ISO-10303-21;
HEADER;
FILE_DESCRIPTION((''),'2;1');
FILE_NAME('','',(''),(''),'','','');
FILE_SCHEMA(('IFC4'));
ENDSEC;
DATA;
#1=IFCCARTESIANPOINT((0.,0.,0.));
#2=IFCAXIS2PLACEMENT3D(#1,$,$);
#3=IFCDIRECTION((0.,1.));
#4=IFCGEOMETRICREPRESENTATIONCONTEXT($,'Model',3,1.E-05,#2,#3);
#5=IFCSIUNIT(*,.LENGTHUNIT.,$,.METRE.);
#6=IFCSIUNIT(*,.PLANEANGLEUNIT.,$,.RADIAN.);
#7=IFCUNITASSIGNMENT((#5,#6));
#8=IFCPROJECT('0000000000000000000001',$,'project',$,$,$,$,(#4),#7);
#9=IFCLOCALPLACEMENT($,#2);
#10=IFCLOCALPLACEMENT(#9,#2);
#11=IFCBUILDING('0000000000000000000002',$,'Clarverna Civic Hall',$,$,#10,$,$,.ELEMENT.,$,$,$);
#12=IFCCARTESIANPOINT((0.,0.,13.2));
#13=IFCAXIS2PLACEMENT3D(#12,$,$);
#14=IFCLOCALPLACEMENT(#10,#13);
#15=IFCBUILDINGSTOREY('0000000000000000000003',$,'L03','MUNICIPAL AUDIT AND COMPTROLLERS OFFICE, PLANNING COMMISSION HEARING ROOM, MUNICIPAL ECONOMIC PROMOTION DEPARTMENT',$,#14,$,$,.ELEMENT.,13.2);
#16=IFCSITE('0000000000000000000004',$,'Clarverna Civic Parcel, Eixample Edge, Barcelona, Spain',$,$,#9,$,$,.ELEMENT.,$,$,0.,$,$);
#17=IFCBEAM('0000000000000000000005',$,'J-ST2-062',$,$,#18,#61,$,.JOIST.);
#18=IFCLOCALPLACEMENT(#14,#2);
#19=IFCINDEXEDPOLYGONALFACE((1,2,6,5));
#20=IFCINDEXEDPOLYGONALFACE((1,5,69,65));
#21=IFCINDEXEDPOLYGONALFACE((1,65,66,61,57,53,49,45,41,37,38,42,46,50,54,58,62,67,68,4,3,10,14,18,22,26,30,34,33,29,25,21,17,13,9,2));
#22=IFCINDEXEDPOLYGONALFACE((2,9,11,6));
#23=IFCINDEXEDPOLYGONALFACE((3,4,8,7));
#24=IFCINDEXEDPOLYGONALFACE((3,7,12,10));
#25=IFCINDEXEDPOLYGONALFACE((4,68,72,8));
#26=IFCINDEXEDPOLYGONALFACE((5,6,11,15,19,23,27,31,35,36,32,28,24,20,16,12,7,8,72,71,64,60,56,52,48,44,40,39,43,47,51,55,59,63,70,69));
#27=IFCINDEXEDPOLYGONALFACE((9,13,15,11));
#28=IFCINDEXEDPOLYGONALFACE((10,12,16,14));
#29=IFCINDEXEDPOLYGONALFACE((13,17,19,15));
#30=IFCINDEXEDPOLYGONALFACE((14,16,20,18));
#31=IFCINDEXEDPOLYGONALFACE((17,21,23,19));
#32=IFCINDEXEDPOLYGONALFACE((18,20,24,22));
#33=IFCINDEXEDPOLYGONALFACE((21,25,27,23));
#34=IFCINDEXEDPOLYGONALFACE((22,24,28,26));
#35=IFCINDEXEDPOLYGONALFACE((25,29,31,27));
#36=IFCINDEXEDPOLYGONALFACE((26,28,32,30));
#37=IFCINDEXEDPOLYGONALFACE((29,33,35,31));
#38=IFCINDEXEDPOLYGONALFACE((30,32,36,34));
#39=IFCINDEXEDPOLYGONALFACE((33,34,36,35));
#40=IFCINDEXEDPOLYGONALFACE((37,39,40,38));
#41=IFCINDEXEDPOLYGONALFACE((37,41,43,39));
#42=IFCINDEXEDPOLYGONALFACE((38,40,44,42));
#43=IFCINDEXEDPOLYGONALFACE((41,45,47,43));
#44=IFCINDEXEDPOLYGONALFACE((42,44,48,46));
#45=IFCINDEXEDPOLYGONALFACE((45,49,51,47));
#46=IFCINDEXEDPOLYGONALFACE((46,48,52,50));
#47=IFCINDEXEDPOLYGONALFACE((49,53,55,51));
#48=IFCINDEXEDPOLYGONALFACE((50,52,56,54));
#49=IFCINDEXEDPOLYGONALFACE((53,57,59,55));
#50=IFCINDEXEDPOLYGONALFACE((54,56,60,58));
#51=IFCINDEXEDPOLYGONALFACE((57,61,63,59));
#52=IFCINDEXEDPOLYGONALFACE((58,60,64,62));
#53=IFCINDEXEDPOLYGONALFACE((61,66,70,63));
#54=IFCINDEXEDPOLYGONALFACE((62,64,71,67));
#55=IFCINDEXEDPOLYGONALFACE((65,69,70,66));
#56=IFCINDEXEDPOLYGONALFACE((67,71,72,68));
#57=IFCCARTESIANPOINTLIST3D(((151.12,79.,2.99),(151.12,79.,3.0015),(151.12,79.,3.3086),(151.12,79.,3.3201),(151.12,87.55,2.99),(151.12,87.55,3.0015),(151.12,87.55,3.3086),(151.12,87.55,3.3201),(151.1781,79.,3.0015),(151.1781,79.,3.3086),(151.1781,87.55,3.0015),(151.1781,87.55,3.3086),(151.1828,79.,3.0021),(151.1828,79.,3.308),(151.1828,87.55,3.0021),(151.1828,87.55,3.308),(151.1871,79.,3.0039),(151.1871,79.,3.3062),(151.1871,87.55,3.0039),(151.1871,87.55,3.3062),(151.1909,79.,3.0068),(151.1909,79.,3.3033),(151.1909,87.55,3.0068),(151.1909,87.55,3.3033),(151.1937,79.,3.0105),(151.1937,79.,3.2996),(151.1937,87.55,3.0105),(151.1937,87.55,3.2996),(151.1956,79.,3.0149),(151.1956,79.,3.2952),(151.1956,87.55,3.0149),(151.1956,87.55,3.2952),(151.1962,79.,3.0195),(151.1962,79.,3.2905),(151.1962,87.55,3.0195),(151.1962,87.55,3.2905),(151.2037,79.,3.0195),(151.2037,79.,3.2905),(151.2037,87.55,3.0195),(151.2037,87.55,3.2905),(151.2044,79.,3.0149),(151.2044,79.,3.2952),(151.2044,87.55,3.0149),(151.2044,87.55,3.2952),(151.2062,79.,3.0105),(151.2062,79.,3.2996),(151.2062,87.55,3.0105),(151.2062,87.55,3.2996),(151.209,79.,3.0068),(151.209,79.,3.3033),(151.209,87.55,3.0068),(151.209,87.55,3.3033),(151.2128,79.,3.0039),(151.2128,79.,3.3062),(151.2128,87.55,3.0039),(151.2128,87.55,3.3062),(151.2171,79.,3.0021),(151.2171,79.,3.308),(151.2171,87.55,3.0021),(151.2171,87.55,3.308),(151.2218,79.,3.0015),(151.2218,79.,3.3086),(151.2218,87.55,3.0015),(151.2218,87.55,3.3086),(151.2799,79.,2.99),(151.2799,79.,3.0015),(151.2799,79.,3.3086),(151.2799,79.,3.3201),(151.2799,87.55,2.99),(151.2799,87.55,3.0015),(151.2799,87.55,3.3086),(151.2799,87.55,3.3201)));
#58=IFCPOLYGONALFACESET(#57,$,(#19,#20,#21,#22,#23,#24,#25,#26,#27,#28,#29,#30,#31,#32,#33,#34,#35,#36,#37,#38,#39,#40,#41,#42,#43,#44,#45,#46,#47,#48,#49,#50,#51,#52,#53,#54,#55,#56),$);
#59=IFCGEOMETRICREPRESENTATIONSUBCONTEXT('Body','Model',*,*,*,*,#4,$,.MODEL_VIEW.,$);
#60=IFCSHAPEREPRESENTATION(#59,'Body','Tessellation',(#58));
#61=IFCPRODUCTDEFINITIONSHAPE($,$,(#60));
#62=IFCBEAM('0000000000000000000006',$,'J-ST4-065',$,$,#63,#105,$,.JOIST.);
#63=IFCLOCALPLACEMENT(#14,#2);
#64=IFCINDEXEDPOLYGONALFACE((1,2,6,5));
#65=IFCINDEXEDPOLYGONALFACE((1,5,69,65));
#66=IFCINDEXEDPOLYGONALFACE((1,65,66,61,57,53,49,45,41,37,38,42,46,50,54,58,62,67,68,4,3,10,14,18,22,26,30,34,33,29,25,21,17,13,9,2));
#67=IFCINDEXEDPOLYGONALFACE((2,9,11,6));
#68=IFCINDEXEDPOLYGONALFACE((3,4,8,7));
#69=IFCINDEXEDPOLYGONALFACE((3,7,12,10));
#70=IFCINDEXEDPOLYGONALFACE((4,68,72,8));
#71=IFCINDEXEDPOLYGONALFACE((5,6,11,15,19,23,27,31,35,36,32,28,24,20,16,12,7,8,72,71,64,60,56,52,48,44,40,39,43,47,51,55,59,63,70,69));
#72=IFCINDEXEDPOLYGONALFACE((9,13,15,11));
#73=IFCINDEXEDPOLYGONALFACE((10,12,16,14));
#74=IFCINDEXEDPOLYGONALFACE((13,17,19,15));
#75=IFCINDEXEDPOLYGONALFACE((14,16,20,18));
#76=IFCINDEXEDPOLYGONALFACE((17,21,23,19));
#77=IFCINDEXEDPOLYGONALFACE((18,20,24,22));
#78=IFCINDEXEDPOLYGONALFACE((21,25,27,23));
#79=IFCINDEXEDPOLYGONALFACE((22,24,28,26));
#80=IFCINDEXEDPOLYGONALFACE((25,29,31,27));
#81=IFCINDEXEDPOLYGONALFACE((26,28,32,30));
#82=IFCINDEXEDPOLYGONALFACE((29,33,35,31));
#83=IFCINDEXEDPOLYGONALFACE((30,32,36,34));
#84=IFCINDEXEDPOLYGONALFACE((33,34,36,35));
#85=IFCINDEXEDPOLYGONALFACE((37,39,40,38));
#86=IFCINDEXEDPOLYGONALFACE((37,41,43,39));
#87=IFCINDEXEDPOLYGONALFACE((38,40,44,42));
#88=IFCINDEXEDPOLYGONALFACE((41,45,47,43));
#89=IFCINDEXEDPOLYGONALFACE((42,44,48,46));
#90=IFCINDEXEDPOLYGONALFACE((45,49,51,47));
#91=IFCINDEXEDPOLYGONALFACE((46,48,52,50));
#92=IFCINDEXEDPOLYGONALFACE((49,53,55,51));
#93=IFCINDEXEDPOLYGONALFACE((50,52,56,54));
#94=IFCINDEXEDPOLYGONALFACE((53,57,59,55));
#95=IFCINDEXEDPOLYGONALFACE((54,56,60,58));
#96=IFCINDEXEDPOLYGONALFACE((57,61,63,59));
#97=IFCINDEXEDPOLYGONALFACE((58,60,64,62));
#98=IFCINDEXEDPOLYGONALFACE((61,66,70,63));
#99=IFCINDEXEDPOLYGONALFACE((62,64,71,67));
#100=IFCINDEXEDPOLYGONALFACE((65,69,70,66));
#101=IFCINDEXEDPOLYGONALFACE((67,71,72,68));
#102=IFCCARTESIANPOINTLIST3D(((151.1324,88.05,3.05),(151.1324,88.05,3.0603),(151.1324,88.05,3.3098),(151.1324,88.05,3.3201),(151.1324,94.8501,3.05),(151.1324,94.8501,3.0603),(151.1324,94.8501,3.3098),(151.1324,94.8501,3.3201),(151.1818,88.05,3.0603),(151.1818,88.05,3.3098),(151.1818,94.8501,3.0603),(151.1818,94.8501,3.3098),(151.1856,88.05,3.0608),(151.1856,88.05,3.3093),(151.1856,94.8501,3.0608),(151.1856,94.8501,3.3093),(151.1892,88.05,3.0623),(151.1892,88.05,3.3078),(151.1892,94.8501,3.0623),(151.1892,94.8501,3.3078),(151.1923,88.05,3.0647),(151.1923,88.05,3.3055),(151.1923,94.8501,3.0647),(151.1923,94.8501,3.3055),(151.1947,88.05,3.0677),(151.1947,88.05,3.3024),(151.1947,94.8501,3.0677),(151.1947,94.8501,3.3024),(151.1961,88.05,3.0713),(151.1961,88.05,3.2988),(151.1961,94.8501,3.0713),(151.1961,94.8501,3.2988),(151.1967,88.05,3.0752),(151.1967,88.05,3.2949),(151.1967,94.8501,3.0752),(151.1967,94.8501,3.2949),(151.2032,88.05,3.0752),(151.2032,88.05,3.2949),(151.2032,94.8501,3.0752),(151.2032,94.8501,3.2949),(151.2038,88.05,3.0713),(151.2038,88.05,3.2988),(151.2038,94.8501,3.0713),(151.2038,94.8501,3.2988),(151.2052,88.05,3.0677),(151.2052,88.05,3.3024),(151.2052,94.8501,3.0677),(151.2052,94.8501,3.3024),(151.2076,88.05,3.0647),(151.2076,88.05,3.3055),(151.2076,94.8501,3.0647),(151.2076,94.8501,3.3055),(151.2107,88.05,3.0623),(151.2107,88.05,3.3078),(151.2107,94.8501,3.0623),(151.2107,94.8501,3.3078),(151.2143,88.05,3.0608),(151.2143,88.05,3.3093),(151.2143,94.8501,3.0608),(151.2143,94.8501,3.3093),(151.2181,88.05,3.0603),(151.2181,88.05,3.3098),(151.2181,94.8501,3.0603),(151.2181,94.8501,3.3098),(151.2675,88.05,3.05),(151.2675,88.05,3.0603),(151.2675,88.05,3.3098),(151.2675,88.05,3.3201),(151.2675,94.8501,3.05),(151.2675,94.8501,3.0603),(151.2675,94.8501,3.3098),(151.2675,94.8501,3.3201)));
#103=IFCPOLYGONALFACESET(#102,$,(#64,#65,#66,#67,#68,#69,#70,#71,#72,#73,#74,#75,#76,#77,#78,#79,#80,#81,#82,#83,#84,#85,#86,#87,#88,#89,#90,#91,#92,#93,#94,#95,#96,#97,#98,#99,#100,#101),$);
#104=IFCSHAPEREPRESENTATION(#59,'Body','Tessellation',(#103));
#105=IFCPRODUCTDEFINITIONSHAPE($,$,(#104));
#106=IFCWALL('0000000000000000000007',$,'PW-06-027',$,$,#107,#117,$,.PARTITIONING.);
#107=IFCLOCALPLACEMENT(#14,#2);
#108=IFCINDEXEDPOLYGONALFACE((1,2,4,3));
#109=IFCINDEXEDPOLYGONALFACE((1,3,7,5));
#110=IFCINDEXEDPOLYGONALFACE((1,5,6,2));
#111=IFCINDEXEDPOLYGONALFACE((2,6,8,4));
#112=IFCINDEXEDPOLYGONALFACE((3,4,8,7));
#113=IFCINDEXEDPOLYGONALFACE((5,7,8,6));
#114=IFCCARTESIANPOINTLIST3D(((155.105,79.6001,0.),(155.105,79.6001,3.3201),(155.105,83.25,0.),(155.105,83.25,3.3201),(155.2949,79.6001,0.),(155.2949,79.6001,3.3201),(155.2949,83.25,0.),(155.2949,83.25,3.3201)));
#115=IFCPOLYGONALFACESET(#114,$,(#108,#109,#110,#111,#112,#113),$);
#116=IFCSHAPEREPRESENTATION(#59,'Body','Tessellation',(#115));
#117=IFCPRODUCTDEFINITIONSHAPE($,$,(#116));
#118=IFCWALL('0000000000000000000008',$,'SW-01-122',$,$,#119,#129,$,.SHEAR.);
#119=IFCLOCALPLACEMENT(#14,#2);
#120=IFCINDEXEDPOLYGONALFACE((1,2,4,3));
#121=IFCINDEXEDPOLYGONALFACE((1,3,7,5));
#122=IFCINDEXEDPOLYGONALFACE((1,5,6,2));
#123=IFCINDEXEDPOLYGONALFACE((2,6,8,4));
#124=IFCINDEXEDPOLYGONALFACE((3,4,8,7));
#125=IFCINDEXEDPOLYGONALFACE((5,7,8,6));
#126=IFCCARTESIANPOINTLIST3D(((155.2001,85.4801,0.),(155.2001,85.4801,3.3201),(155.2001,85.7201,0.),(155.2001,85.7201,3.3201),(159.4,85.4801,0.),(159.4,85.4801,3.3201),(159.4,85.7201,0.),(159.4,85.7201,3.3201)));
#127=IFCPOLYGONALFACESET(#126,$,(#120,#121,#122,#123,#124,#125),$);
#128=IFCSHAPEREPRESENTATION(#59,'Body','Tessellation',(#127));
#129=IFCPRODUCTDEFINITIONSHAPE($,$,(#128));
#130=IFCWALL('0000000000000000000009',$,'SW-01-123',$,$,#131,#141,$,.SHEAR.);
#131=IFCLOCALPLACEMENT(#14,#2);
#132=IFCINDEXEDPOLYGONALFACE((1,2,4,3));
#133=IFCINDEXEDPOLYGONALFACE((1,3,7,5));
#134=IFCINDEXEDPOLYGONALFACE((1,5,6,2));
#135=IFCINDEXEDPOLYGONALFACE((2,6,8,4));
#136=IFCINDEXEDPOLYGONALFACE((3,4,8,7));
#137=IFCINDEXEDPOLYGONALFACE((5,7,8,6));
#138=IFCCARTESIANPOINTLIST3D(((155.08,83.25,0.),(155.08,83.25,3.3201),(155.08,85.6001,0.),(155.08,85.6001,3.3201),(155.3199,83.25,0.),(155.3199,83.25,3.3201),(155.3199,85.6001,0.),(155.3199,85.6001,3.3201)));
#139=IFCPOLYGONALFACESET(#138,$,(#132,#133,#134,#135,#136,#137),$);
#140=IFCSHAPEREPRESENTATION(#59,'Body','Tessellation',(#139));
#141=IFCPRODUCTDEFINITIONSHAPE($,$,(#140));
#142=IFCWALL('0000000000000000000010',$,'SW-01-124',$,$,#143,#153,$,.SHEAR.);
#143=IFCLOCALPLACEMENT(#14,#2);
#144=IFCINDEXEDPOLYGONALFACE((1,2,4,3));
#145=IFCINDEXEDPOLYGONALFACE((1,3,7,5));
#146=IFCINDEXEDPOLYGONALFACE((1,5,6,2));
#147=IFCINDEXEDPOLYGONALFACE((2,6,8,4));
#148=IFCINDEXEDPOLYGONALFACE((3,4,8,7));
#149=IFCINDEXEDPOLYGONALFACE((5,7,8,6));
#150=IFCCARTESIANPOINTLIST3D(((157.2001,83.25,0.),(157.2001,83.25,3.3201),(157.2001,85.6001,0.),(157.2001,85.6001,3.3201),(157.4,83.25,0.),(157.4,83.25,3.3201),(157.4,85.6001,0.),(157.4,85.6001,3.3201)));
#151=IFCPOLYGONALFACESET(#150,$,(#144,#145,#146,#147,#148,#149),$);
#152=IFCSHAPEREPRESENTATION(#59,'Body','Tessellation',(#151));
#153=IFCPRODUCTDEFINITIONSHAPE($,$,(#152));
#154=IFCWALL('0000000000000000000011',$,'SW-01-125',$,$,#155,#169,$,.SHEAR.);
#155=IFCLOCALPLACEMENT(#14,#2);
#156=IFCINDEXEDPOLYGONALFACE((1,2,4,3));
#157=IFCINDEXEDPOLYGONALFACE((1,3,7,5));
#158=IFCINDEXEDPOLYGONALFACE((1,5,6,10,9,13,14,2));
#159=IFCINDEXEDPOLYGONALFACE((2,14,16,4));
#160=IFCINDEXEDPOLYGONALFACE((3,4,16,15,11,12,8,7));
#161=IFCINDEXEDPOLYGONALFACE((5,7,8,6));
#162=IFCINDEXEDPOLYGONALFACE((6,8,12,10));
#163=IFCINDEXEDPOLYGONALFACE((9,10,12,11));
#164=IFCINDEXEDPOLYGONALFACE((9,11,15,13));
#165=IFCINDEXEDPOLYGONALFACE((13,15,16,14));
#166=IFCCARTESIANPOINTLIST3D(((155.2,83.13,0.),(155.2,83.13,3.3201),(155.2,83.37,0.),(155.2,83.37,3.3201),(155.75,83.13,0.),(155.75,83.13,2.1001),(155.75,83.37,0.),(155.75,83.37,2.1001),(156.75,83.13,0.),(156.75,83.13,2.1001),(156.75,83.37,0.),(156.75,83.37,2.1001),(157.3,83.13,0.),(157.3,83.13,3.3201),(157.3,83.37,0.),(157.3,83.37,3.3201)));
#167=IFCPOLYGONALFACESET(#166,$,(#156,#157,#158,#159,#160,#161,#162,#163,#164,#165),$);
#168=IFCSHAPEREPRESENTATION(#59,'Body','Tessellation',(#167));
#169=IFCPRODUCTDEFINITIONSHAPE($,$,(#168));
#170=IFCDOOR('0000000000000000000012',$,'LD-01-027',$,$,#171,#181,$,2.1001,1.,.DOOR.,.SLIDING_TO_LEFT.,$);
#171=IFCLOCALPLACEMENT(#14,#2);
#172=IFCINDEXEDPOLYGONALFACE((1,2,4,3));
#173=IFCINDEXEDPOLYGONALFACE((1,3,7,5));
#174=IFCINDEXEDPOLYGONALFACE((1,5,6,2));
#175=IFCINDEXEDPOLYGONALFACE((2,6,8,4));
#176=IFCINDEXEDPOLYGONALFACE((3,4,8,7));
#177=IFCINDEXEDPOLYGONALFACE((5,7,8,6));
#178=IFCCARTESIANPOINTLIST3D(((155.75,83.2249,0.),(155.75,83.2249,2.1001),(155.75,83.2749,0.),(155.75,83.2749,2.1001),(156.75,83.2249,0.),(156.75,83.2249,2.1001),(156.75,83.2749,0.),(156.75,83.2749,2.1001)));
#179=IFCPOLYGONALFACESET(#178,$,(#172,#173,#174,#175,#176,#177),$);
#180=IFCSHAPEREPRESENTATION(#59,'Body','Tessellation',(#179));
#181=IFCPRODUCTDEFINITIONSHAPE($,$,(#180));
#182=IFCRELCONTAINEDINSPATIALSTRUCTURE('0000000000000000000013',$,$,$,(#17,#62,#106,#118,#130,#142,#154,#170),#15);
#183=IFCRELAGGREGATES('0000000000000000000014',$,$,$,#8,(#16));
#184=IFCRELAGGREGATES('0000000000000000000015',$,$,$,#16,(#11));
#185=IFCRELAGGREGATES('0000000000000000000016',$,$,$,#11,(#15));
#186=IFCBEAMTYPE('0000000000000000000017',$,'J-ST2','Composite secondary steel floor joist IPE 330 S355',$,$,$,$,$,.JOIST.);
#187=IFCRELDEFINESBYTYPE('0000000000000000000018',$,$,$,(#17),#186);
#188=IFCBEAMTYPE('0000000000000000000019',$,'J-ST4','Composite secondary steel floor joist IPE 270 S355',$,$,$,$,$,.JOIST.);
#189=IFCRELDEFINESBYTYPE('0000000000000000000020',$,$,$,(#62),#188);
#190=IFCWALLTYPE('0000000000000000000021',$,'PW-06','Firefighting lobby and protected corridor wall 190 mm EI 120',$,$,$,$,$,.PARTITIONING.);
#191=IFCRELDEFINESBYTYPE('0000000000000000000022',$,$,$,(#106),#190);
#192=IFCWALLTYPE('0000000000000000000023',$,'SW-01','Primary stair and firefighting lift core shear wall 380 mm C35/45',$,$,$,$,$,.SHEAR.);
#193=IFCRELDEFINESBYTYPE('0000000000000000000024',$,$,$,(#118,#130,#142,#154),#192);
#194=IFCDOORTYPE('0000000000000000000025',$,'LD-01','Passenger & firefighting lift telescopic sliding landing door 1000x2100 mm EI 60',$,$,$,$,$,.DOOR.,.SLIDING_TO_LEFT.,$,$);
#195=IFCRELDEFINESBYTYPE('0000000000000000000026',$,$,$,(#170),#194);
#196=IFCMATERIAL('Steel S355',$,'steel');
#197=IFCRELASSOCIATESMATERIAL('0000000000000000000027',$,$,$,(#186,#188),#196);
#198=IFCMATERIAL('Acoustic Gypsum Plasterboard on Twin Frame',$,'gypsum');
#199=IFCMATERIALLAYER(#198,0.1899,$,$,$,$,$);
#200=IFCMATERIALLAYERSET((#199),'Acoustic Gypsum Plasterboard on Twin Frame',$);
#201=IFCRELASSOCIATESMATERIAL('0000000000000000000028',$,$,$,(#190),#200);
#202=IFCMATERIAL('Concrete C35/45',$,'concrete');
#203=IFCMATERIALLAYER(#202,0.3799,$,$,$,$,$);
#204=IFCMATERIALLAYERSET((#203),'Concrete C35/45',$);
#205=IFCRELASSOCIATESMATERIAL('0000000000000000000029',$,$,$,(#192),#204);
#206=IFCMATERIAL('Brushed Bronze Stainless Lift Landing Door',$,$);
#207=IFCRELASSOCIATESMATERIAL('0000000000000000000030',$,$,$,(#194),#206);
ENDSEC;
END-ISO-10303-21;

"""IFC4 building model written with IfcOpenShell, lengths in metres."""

from ifc_helpers import new_model, si_unit, direction, frame, frame_2d, origin, origin_2d, place, context, subcontext, project, spatial, rectangle, i_section, extrude, material, layer, layer_set, material_profile, profile_set, type_object, element, fill, save


model = new_model("IFC4")

# Units and contexts
model_context = context("Model", 3, precision=1e-05, world=origin(), true_north=direction((0.0, 1.0)))
body_context = subcontext(model_context, "Body", "Model", "MODEL_VIEW")
ifc_project = project(units=[si_unit("LENGTHUNIT", "METRE"), si_unit("PLANEANGLEUNIT", "RADIAN")], contexts=[model_context])

# Site, building, storey
site_placement = place(None, origin())
site = spatial("IfcSite", under=ifc_project, at=site_placement, Name="Clarverna Civic Parcel, Eixample Edge, Barcelona, Spain", CompositionType="ELEMENT", RefElevation=0.0)
building_placement = place(site_placement, origin())
building = spatial("IfcBuilding", under=site, at=building_placement, Name="Clarverna Civic Hall", CompositionType="ELEMENT")
storey_placement = place(building_placement, frame((0.0, 0.0, 13.2)))
storey = spatial("IfcBuildingStorey", under=building, at=storey_placement, Name="L03", Description="MUNICIPAL AUDIT AND COMPTROLLERS OFFICE, PLANNING COMMISSION HEARING ROOM, MUNICIPAL ECONOMIC PROMOTION DEPARTMENT", CompositionType="ELEMENT", Elevation=13.2)

# Beams
ifc_material_1 = material(Name="Concrete C35/45", Category="concrete")
ifc_material_2 = material(Name="Steel S355", Category="steel")
ifc_material_profile_1 = material_profile(ifc_material_2, i_section(OverallWidth=0.1599, OverallDepth=0.3301, WebThickness=0.0076, FlangeThickness=0.0115, FilletRadius=0.0181, at=origin_2d()), Name="IPE 330")
ifc_profile_set_1 = profile_set([ifc_material_profile_1], Name="Steel S355")
beam_type_1 = type_object("IfcBeamType", Name="J-ST2", Description="Composite secondary steel floor joist IPE 330 S355", PredefinedType="JOIST", material=ifc_profile_set_1)
beam_1_placement = place(storey_placement, frame((151.2, 79.0, 3.155), z_axis=(0.0, 1.0, 0.0), x_axis=(-1.0, 0.0, 0.0)))
element("IfcBeam", 1, at=beam_1_placement, inside=storey, type_object=beam_type_1, Name="J-ST2-062", PredefinedType="JOIST", context=body_context, shape_type="SweptSolid", body=[
    extrude(i_section(OverallWidth=0.1599, OverallDepth=0.3301, WebThickness=0.0076, FlangeThickness=0.0115, FilletRadius=0.0181, at=origin_2d()), origin(), (0.0, 0.0, 1.0), 8.55),
])
ifc_material_profile_2 = material_profile(ifc_material_2, i_section(OverallWidth=0.135, OverallDepth=0.27, WebThickness=0.0066, FlangeThickness=0.0103, FilletRadius=0.0149, at=origin_2d()), Name="IPE 270")
ifc_profile_set_2 = profile_set([ifc_material_profile_2], Name="Steel S355")
beam_type_2 = type_object("IfcBeamType", Name="J-ST4", Description="Composite secondary steel floor joist IPE 270 S355", PredefinedType="JOIST", material=ifc_profile_set_2)
beam_2_placement = place(storey_placement, frame((151.2, 88.05, 3.1851), z_axis=(0.0, 1.0, 0.0), x_axis=(-1.0, 0.0, 0.0)))
element("IfcBeam", 2, at=beam_2_placement, inside=storey, type_object=beam_type_2, Name="J-ST4-065", PredefinedType="JOIST", context=body_context, shape_type="SweptSolid", body=[
    extrude(i_section(OverallWidth=0.135, OverallDepth=0.27, WebThickness=0.0066, FlangeThickness=0.0103, FilletRadius=0.0149, at=origin_2d()), origin(), (0.0, 0.0, 1.0), 6.8),
])

# Wall
ifc_material_3 = material(Name="Acoustic Gypsum Plasterboard on Twin Frame", Category="gypsum")
ifc_layer_1 = layer(ifc_material_3, 0.1899)
ifc_layer_set_1 = layer_set([ifc_layer_1], Name="Acoustic Gypsum Plasterboard on Twin Frame")
wall_type_1 = type_object("IfcWallType", Name="PW-06", Description="Firefighting lobby and protected corridor wall 190 mm EI 120", PredefinedType="PARTITIONING", material=ifc_layer_set_1)
wall_1_placement = place(storey_placement, frame((155.2, 79.6001, 0.0), z_axis=(0.0, 0.0, 1.0), x_axis=(0.0, 1.0, 0.0)))
element("IfcWall", 3, at=wall_1_placement, inside=storey, type_object=wall_type_1, Name="PW-06-027", PredefinedType="PARTITIONING", context=body_context, shape_type="SweptSolid", body=[
    extrude(rectangle(XDim=3.6499, YDim=0.1899, at=frame_2d((1.825, 0.0))), origin(), (0.0, 0.0, 1.0), 3.3201),
])

# Walls
ifc_layer_2 = layer(ifc_material_1, 0.3799)
ifc_layer_set_2 = layer_set([ifc_layer_2], Name="Concrete C35/45")
wall_type_2 = type_object("IfcWallType", Name="SW-01", Description="Primary stair and firefighting lift core shear wall 380 mm C35/45", PredefinedType="SHEAR", material=ifc_layer_set_2)
wall_2_placement = place(storey_placement, frame((155.2, 85.6001, 0.0), z_axis=(0.0, 0.0, 1.0), x_axis=(1.0, 0.0, 0.0)))
element("IfcWall", 4, at=wall_2_placement, inside=storey, type_object=wall_type_2, Name="SW-01-122", PredefinedType="SHEAR", context=body_context, shape_type="SweptSolid", body=[
    extrude(rectangle(XDim=4.2, YDim=0.24, at=frame_2d((2.1001, 0.0))), origin(), (0.0, 0.0, 1.0), 3.3201),
])
wall_3_placement = place(storey_placement, frame((155.2, 83.25, 0.0), z_axis=(0.0, 0.0, 1.0), x_axis=(0.0, 1.0, 0.0)))
element("IfcWall", 5, at=wall_3_placement, inside=storey, type_object=wall_type_2, Name="SW-01-123", PredefinedType="SHEAR", context=body_context, shape_type="SweptSolid", body=[
    extrude(rectangle(XDim=2.3501, YDim=0.24, at=frame_2d((1.175, 0.0))), origin(), (0.0, 0.0, 1.0), 3.3201),
])
wall_4_placement = place(storey_placement, frame((157.3, 83.25, 0.0), z_axis=(0.0, 0.0, 1.0), x_axis=(0.0, 1.0, 0.0)))
element("IfcWall", 6, at=wall_4_placement, inside=storey, type_object=wall_type_2, Name="SW-01-124", PredefinedType="SHEAR", context=body_context, shape_type="SweptSolid", body=[
    extrude(rectangle(XDim=2.3501, YDim=0.2, at=frame_2d((1.175, 0.0))), origin(), (0.0, 0.0, 1.0), 3.3201),
])

# Wall, opening, door
wall_5_placement = place(storey_placement, frame((155.2, 83.25, 0.0), z_axis=(0.0, 0.0, 1.0), x_axis=(1.0, 0.0, 0.0)))
wall_5 = element("IfcWall", 7, at=wall_5_placement, inside=storey, type_object=wall_type_2, Name="SW-01-125", PredefinedType="SHEAR", context=body_context, shape_type="SweptSolid", body=[
    extrude(rectangle(XDim=2.1001, YDim=0.24, at=frame_2d((1.05, 0.0))), origin(), (0.0, 0.0, 1.0), 3.3201),
])
opening_1_placement = place(wall_5_placement, frame((0.55, 0.0, 0.0)))
opening_1 = element("IfcOpeningElement", 8, at=opening_1_placement, cuts=wall_5, PredefinedType="OPENING", context=body_context, shape_type="SweptSolid", body=[
    extrude(rectangle(XDim=1.0, YDim=2.1001, at=frame_2d((0.5, 1.05))), frame((0.0, 0.1299, 0.0), z_axis=(0.0, -1.0, 0.0), x_axis=(1.0, 0.0, 0.0)), (0.0, 0.0, 1.0), 0.26),
])
ifc_material_4 = material(Name="Brushed Bronze Stainless Lift Landing Door")
door_type_1 = type_object("IfcDoorType", Name="LD-01", Description="Passenger & firefighting lift telescopic sliding landing door 1000x2100 mm EI 60", OperationType="SLIDING_TO_LEFT", PredefinedType="DOOR", material=ifc_material_4)
door_1_placement = place(opening_1_placement, origin())
door_1 = element("IfcDoor", 9, at=door_1_placement, inside=storey, type_object=door_type_1, Name="LD-01-027", OperationType="SLIDING_TO_LEFT", OverallHeight=2.1001, OverallWidth=1.0, PredefinedType="DOOR", context=body_context, shape_type="SweptSolid", body=[
    extrude(rectangle(XDim=1.0, YDim=2.1001, at=frame_2d((0.5, 1.05))), frame((0.0, 0.0249, 0.0), z_axis=(0.0, -1.0, 0.0), x_axis=(1.0, 0.0, 0.0)), (0.0, 0.0, 1.0), 0.05),
])
fill(opening_1, door_1)

save(model, "model.ifc")
